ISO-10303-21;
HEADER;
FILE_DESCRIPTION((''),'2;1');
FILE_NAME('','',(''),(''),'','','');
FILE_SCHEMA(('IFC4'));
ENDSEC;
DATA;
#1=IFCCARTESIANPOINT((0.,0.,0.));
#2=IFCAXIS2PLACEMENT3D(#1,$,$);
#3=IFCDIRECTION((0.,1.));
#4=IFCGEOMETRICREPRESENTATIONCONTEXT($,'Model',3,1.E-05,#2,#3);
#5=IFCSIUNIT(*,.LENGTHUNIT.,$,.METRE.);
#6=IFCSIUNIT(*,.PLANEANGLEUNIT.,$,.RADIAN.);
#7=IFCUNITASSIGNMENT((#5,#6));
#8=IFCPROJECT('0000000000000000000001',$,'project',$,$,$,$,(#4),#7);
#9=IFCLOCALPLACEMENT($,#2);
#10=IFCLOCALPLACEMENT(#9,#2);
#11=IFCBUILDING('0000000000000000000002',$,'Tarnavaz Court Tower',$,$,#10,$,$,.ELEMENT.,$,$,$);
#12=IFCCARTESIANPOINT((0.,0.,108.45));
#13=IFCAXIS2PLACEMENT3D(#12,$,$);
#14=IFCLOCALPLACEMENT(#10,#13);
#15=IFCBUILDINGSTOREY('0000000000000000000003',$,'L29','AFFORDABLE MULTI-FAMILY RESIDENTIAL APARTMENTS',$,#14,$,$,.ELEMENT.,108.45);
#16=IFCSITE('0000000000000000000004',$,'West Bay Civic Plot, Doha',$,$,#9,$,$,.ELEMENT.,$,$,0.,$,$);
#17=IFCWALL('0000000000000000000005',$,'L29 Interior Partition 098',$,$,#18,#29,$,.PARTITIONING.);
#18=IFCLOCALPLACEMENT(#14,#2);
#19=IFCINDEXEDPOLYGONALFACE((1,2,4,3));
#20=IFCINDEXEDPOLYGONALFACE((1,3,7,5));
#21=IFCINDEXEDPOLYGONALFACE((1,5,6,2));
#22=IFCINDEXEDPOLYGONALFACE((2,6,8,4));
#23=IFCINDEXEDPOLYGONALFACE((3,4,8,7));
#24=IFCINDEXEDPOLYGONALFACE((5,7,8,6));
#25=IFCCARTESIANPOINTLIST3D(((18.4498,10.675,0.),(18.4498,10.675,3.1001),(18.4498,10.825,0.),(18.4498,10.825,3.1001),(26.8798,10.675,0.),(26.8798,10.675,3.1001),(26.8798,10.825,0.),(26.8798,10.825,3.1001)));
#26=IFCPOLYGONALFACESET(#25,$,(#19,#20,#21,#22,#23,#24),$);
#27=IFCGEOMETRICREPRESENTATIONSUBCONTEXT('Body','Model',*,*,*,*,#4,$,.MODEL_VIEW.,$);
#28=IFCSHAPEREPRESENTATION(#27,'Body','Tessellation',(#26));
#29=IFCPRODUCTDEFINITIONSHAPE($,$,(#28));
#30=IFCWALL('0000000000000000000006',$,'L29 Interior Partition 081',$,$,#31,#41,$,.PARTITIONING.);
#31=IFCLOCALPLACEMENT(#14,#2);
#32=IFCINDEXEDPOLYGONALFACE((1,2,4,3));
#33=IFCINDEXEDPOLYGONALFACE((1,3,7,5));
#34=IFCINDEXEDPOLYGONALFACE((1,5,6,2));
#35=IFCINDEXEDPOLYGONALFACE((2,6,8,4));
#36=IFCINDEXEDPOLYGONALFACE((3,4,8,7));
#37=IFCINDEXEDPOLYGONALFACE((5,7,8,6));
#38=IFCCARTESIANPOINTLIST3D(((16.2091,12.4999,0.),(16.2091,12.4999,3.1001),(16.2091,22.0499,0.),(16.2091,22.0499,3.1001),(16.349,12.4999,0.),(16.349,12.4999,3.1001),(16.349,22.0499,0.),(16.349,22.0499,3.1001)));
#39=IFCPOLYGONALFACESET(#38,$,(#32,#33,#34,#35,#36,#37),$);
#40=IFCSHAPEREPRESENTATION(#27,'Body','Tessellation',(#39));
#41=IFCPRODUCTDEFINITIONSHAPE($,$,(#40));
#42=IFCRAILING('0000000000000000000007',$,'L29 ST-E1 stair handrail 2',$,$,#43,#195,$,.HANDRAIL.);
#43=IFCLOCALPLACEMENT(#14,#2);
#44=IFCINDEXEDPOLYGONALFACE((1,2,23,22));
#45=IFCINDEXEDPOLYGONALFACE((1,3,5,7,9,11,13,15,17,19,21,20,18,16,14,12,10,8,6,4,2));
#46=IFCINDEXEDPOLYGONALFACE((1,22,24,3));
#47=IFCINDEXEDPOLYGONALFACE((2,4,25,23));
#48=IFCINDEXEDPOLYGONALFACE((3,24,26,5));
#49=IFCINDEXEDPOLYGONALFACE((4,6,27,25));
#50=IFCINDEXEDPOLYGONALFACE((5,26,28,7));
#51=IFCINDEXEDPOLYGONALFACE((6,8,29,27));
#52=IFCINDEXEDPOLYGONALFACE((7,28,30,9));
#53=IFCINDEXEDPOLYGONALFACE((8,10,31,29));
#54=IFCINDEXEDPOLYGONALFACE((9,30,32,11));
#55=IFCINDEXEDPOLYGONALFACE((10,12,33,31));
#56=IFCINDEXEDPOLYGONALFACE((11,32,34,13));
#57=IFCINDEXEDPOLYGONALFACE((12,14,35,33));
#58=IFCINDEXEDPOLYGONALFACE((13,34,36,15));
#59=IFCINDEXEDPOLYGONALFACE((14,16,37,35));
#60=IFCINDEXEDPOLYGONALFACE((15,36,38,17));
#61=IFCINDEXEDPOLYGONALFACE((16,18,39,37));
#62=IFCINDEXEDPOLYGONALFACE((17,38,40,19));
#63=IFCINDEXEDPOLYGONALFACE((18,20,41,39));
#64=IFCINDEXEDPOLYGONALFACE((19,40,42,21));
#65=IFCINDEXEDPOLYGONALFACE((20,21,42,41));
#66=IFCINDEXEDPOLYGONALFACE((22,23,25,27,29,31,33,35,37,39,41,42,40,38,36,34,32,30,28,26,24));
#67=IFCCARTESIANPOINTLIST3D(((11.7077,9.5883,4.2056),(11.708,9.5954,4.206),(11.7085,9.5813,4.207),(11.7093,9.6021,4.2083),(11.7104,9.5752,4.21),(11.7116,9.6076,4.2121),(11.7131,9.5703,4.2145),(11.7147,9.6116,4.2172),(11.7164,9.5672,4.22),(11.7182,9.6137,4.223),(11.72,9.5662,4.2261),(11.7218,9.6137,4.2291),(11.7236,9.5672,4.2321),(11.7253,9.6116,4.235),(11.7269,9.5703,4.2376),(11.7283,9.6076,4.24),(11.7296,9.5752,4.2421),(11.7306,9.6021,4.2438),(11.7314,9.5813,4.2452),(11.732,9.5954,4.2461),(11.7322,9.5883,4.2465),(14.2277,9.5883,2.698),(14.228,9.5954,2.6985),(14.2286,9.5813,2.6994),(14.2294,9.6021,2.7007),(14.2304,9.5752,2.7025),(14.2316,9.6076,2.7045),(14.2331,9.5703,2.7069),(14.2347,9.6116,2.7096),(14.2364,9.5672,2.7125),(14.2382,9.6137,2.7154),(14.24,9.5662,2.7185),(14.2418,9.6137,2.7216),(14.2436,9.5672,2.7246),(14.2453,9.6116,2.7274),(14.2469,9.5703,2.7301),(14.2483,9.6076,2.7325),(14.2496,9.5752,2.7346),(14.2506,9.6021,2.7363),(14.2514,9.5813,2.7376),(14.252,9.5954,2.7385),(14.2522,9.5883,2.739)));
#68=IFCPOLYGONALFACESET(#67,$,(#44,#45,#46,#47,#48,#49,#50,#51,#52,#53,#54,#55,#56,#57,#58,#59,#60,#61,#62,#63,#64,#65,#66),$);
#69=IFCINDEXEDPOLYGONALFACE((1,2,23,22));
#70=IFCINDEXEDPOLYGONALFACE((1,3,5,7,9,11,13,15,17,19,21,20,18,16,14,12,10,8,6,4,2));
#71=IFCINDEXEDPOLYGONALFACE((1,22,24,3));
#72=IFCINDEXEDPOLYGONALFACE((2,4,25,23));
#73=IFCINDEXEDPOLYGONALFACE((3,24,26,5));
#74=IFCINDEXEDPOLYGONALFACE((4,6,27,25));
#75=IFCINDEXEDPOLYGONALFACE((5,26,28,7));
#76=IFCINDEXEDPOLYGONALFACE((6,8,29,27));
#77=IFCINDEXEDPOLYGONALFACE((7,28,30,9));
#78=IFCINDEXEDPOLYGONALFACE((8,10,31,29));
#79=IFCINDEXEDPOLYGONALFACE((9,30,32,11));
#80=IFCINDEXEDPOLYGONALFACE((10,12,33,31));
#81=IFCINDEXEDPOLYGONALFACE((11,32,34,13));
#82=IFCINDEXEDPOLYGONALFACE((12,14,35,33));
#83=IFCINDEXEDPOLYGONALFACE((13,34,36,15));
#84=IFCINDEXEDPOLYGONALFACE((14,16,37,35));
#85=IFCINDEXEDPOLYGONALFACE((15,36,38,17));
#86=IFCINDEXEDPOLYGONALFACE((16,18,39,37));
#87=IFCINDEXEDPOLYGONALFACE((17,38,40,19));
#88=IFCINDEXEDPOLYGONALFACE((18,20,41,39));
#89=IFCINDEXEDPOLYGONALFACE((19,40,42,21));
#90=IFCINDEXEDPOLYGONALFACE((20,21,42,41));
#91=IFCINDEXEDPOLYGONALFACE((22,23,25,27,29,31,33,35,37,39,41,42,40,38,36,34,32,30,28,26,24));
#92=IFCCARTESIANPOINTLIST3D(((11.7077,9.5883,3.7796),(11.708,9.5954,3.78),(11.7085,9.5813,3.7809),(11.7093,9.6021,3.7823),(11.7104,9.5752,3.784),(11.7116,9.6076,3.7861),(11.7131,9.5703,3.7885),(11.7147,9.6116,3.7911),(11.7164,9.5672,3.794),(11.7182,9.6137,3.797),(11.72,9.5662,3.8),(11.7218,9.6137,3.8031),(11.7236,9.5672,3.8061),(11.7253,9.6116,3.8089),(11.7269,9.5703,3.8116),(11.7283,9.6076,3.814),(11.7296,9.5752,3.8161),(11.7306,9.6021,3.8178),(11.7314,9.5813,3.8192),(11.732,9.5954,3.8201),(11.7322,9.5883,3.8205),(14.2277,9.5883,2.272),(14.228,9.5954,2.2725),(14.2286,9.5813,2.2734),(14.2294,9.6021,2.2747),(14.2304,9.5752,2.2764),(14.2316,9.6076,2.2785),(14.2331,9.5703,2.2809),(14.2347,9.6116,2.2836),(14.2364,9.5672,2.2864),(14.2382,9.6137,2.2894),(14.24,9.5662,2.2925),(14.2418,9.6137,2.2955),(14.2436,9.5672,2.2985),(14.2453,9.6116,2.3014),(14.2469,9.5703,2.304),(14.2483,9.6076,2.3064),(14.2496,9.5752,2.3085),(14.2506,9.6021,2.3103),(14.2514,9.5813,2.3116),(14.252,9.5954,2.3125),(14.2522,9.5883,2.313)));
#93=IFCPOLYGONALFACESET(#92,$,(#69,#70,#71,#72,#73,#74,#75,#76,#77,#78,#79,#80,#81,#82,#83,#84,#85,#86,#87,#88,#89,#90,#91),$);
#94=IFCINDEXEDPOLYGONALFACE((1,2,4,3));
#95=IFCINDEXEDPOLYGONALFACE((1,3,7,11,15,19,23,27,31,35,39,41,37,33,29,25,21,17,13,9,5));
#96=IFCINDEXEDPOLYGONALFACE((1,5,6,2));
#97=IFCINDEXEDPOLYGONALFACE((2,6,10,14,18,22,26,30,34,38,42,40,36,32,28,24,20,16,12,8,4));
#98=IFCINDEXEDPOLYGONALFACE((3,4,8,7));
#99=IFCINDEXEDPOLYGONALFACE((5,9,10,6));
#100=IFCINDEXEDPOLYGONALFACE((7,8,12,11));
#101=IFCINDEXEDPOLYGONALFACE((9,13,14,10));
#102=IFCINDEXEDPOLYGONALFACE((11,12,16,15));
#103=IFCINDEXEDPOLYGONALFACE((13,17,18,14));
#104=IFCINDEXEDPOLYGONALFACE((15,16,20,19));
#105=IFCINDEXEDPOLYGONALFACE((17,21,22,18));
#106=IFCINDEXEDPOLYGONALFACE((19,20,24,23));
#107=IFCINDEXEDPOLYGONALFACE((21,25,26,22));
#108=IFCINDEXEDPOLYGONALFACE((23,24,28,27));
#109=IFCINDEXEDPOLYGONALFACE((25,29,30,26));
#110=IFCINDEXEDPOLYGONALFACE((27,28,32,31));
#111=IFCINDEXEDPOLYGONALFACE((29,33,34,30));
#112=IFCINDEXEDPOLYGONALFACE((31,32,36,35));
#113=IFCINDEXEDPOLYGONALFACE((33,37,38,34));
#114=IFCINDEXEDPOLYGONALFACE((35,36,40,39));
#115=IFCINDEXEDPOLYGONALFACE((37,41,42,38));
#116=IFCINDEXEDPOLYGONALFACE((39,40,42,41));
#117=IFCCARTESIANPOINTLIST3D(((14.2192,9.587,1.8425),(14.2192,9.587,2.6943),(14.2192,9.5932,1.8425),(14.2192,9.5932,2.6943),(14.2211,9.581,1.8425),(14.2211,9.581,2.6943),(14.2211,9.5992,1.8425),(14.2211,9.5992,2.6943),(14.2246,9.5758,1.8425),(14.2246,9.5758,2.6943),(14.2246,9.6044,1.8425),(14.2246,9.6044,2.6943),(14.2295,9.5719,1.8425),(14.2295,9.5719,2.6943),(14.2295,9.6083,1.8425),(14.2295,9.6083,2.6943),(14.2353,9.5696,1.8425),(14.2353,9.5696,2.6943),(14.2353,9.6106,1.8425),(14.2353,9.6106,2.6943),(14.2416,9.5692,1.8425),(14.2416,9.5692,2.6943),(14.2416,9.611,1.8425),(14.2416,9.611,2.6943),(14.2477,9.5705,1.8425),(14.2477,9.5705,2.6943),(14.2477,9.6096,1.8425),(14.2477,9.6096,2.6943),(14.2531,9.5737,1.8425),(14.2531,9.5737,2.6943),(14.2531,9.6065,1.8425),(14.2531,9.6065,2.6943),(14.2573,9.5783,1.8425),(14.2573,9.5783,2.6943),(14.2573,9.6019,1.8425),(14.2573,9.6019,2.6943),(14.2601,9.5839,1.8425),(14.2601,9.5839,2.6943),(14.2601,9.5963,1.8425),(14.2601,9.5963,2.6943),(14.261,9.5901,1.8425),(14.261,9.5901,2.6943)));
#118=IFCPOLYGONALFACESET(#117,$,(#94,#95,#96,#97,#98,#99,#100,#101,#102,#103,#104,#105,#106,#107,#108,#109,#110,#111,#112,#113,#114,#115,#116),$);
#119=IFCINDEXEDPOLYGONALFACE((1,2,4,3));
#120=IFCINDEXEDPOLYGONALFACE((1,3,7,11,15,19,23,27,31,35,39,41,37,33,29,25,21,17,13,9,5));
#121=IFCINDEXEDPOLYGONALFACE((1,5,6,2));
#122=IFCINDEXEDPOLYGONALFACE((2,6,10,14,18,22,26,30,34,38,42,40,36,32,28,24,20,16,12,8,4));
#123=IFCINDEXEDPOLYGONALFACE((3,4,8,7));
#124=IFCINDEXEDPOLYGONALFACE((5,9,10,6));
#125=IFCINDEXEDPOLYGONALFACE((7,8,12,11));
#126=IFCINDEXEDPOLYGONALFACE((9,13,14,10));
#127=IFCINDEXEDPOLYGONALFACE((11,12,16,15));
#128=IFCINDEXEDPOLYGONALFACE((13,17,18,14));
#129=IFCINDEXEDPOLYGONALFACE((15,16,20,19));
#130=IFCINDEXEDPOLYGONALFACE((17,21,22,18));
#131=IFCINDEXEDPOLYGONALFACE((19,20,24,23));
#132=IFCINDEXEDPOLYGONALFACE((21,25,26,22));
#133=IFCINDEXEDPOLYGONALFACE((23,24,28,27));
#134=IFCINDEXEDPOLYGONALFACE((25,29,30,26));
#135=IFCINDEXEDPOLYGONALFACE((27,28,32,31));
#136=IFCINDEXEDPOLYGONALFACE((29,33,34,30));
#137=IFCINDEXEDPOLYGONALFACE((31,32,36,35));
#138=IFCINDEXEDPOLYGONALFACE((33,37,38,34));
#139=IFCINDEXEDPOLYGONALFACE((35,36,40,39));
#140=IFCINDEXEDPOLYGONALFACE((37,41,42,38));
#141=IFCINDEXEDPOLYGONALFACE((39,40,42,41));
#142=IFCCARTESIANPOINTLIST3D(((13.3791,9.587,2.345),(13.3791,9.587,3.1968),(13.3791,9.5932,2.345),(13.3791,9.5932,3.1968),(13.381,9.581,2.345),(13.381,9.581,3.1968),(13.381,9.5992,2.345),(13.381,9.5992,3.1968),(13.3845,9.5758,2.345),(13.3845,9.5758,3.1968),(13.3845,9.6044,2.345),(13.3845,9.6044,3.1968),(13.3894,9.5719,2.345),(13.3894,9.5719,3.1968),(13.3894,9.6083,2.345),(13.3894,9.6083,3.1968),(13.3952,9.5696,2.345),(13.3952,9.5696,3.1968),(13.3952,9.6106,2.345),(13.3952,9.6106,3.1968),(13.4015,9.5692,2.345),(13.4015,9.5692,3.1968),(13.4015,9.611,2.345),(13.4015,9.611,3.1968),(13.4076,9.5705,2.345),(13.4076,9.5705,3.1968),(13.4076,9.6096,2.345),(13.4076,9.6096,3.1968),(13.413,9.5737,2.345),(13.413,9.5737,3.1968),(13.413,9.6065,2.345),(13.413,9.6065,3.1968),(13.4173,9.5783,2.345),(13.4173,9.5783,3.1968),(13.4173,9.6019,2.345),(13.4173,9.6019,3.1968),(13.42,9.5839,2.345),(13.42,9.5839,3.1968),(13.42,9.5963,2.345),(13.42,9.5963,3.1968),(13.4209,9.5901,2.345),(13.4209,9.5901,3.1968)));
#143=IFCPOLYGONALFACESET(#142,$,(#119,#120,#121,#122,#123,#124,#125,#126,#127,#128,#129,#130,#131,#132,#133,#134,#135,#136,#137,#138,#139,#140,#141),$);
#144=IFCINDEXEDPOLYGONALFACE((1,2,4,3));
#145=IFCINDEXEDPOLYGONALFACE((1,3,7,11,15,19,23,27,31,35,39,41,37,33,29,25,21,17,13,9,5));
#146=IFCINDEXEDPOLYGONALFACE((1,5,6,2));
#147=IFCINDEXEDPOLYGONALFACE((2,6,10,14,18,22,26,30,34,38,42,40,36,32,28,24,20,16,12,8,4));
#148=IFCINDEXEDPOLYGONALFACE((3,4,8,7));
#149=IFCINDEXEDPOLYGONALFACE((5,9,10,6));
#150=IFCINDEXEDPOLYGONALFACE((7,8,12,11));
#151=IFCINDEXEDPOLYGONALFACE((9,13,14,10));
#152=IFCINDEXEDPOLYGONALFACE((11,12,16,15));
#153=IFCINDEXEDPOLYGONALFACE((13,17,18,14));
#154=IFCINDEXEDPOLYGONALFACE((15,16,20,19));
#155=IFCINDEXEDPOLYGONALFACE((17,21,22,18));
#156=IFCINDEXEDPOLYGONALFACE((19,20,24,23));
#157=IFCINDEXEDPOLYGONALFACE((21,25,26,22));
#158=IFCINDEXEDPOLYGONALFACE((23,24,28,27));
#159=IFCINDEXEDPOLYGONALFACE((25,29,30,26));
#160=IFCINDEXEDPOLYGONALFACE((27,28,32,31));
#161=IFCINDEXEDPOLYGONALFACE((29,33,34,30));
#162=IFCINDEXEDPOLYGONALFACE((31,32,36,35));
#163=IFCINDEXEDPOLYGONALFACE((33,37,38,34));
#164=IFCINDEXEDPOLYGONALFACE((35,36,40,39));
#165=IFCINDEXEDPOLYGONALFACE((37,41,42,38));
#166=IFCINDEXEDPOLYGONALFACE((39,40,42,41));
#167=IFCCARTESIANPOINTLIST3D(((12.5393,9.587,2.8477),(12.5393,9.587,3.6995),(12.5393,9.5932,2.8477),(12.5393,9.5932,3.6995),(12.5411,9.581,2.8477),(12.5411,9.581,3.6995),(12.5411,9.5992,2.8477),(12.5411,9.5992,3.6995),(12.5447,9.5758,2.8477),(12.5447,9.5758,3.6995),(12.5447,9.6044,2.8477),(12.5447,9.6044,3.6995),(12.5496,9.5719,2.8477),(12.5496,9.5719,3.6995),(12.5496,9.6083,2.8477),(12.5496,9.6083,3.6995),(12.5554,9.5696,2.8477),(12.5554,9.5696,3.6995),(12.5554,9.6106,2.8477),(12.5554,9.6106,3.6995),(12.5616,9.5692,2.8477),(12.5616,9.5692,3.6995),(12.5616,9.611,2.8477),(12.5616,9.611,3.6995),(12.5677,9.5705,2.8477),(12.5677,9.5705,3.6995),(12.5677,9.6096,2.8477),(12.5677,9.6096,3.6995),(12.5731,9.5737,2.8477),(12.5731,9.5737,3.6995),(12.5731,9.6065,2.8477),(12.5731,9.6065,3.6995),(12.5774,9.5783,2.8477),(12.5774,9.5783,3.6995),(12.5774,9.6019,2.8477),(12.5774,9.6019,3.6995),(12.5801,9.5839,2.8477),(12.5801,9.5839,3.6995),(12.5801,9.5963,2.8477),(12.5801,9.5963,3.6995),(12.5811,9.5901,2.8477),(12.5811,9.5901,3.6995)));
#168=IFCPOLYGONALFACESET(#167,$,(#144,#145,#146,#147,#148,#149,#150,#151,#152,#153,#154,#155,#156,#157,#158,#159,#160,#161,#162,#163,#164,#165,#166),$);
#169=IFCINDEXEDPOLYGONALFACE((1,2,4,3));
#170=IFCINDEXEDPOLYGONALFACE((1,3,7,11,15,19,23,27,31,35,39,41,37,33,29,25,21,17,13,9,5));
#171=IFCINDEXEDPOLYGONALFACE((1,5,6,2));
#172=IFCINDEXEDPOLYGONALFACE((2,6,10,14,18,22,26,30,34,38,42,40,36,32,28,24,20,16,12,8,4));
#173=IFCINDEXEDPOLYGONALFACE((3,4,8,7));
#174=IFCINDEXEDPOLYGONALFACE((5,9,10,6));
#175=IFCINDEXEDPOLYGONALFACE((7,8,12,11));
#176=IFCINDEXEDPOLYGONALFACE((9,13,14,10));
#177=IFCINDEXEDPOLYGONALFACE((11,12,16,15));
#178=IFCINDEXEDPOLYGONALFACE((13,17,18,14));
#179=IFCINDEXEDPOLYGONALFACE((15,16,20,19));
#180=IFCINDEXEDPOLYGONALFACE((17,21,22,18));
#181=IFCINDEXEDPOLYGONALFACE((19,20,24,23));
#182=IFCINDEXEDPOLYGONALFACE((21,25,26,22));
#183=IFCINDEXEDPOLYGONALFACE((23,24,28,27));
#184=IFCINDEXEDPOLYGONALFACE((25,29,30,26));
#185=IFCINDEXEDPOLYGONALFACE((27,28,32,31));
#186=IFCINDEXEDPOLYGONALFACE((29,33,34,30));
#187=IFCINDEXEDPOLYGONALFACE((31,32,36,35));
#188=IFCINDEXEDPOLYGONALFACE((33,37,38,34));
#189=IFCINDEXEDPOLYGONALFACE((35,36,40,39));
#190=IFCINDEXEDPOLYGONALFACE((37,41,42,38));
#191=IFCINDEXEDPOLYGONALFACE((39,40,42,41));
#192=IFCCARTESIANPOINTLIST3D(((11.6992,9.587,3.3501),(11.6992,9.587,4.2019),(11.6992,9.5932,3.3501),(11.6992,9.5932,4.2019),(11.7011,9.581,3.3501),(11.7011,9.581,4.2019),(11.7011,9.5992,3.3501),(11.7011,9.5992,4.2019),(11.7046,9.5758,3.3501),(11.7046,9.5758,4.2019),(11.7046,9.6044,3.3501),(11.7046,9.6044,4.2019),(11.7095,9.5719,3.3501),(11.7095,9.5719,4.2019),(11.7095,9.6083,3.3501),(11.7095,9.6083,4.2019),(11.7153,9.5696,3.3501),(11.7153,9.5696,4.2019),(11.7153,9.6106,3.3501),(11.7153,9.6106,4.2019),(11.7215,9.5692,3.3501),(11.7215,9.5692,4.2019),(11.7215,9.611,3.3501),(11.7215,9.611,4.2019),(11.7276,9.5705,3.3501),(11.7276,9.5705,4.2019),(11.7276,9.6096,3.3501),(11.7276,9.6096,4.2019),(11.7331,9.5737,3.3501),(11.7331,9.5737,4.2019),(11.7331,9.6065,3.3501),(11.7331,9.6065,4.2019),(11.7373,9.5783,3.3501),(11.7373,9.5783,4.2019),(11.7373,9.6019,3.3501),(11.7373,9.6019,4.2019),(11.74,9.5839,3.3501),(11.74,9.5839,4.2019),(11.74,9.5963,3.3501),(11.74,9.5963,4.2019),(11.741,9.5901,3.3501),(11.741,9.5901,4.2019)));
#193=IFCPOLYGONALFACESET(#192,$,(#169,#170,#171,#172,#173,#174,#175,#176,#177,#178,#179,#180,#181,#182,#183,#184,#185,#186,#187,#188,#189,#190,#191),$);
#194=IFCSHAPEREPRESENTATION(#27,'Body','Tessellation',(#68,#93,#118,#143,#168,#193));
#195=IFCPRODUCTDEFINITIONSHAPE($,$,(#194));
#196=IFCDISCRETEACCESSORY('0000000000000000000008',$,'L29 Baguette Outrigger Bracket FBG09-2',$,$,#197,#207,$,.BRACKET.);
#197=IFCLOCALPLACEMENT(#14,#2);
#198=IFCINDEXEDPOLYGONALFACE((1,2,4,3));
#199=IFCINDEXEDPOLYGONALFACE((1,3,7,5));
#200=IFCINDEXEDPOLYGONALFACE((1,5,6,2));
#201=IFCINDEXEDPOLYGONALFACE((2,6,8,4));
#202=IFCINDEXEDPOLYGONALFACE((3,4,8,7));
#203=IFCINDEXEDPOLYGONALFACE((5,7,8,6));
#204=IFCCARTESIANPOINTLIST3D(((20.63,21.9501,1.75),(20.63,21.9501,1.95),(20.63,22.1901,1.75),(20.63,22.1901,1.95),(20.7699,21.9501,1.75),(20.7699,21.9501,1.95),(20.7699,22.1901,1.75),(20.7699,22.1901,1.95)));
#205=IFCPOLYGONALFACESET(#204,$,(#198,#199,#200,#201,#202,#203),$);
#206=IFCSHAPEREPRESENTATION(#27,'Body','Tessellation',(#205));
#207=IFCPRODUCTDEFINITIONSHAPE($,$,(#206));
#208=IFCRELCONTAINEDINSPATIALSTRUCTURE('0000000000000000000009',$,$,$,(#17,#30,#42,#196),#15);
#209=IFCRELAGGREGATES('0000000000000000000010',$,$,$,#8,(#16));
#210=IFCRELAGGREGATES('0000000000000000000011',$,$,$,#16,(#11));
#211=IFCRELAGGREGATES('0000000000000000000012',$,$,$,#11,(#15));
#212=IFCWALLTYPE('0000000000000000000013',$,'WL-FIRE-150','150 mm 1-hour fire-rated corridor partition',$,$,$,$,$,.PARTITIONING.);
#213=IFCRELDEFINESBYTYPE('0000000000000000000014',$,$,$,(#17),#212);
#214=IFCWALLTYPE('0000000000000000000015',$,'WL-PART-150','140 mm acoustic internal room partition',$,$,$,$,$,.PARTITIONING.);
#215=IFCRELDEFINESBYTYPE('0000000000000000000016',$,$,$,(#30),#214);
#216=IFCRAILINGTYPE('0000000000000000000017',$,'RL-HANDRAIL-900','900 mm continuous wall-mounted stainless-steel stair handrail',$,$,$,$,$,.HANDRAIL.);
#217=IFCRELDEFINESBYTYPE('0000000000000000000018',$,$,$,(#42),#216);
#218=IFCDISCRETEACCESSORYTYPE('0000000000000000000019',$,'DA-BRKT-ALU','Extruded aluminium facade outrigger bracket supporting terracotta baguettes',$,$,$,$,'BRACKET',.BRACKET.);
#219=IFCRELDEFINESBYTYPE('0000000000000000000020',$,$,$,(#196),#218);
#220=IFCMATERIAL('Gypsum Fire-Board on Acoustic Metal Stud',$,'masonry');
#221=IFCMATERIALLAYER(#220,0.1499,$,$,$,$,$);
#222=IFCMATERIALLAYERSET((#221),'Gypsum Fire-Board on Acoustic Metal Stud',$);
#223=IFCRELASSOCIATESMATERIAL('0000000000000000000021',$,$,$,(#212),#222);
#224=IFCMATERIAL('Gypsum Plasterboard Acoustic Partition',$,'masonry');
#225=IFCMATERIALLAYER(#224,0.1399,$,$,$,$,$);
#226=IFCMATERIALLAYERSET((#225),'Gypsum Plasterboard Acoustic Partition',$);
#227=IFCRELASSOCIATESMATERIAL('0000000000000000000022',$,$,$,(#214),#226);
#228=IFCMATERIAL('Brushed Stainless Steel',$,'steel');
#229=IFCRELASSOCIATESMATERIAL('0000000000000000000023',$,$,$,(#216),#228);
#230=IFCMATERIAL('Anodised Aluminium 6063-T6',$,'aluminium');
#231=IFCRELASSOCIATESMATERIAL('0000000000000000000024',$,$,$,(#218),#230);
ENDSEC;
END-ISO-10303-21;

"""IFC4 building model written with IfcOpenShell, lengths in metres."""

from ifc_helpers import new_model, si_unit, direction, frame, frame_2d, origin, origin_2d, place, context, subcontext, project, spatial, rectangle, circle, extrude, material, layer, layer_set, type_object, element, save


model = new_model("IFC4")

# Units and contexts
model_context = context("Model", 3, precision=1e-05, world=origin(), true_north=direction((0.0, 1.0)))
body_context = subcontext(model_context, "Body", "Model", "MODEL_VIEW")
ifc_project = project(units=[si_unit("LENGTHUNIT", "METRE"), si_unit("PLANEANGLEUNIT", "RADIAN")], contexts=[model_context])

# Site, building, storey
site_placement = place(None, origin())
site = spatial("IfcSite", under=ifc_project, at=site_placement, Name="West Bay Civic Plot, Doha", CompositionType="ELEMENT", RefElevation=0.0)
building_placement = place(site_placement, origin())
building = spatial("IfcBuilding", under=site, at=building_placement, Name="Tarnavaz Court Tower", CompositionType="ELEMENT")
storey_placement = place(building_placement, frame((0.0, 0.0, 108.45)))
storey = spatial("IfcBuildingStorey", under=building, at=storey_placement, Name="L29", Description="AFFORDABLE MULTI-FAMILY RESIDENTIAL APARTMENTS", CompositionType="ELEMENT", Elevation=108.45)

# Walls
ifc_material_1 = material(Name="Gypsum Fire-Board on Acoustic Metal Stud", Category="masonry")
ifc_layer_1 = layer(ifc_material_1, 0.1499)
ifc_layer_set_1 = layer_set([ifc_layer_1], Name="Gypsum Fire-Board on Acoustic Metal Stud")
wall_type_1 = type_object("IfcWallType", Name="WL-FIRE-150", Description="150 mm 1-hour fire-rated corridor partition", PredefinedType="PARTITIONING", material=ifc_layer_set_1)
wall_1_placement = place(storey_placement, frame((18.45, 10.75, 0.0), z_axis=(0.0, 0.0, 1.0), x_axis=(1.0, 0.0, 0.0)))
element("IfcWall", 1, at=wall_1_placement, inside=storey, type_object=wall_type_1, Name="L29 Interior Partition 098", PredefinedType="PARTITIONING", context=body_context, shape_type="SweptSolid", body=[
    extrude(rectangle(XDim=8.4299, YDim=0.1499, at=frame_2d((4.2148, 0.0))), origin(), (0.0, 0.0, 1.0), 3.1001),
])
ifc_material_2 = material(Name="Gypsum Plasterboard Acoustic Partition", Category="masonry")
ifc_layer_2 = layer(ifc_material_2, 0.1399)
ifc_layer_set_2 = layer_set([ifc_layer_2], Name="Gypsum Plasterboard Acoustic Partition")
wall_type_2 = type_object("IfcWallType", Name="WL-PART-150", Description="140 mm acoustic internal room partition", PredefinedType="PARTITIONING", material=ifc_layer_set_2)
wall_2_placement = place(storey_placement, frame((16.2791, 12.5, 0.0), z_axis=(0.0, 0.0, 1.0), x_axis=(0.0, 1.0, 0.0)))
element("IfcWall", 2, at=wall_2_placement, inside=storey, type_object=wall_type_2, Name="L29 Interior Partition 081", PredefinedType="PARTITIONING", context=body_context, shape_type="SweptSolid", body=[
    extrude(rectangle(XDim=9.55, YDim=0.1399, at=frame_2d((4.7749, 0.0))), origin(), (0.0, 0.0, 1.0), 3.1001),
])

# Railing
ifc_material_3 = material(Name="Brushed Stainless Steel", Category="steel")
railing_type = type_object("IfcRailingType", Name="RL-HANDRAIL-900", Description="900 mm continuous wall-mounted stainless-steel stair handrail", PredefinedType="HANDRAIL", material=ifc_material_3)
railing_placement = place(storey_placement, frame((14.24, 9.5901, 1.8425)))
element("IfcRailing", 3, at=railing_placement, inside=storey, type_object=railing_type, Name="L29 ST-E1 stair handrail 2", PredefinedType="HANDRAIL", context=body_context, shape_type="SweptSolid", body=[
    extrude(circle(Radius=0.0239, at=origin_2d()), frame((0.0, 0.0, 0.876), z_axis=(-0.85816, 0.0, 0.513383), x_axis=(0.0, -1.0, 0.0)), (0.0, 0.0, 1.0), 2.9365),
    extrude(circle(Radius=0.0239, at=origin_2d()), frame((0.0, 0.0, 0.45), z_axis=(-0.85816, 0.0, 0.513383), x_axis=(0.0, -1.0, 0.0)), (0.0, 0.0, 1.0), 2.9365),
    extrude(circle(Radius=0.021, at=origin_2d()), origin(), (0.0, 0.0, 1.0), 0.8518),
    extrude(circle(Radius=0.021, at=origin_2d()), frame((-0.8401, 0.0, 0.5024)), (0.0, 0.0, 1.0), 0.8518),
    extrude(circle(Radius=0.021, at=origin_2d()), frame((-1.6799, 0.0, 1.0051)), (0.0, 0.0, 1.0), 0.8518),
    extrude(circle(Radius=0.021, at=origin_2d()), frame((-2.52, 0.0, 1.5076)), (0.0, 0.0, 1.0), 0.8518),
])

# Discrete accessory
ifc_material_4 = material(Name="Anodised Aluminium 6063-T6", Category="aluminium")
discrete_accessory_type = type_object("IfcDiscreteAccessoryType", Name="DA-BRKT-ALU", Description="Extruded aluminium facade outrigger bracket supporting terracotta baguettes", ElementType="BRACKET", PredefinedType="BRACKET", material=ifc_material_4)
discrete_accessory_placement = place(storey_placement, frame((20.7, 22.0701, 1.75), z_axis=(0.0, 0.0, 1.0), x_axis=(1.0, 0.0, 0.0)))
element("IfcDiscreteAccessory", 4, at=discrete_accessory_placement, inside=storey, type_object=discrete_accessory_type, Name="L29 Baguette Outrigger Bracket FBG09-2", PredefinedType="BRACKET", context=body_context, shape_type="SweptSolid", body=[
    extrude(rectangle(XDim=0.1399, YDim=0.24, at=origin_2d()), origin(), (0.0, 0.0, 1.0), 0.2),
])

save(model, "model.ifc")
